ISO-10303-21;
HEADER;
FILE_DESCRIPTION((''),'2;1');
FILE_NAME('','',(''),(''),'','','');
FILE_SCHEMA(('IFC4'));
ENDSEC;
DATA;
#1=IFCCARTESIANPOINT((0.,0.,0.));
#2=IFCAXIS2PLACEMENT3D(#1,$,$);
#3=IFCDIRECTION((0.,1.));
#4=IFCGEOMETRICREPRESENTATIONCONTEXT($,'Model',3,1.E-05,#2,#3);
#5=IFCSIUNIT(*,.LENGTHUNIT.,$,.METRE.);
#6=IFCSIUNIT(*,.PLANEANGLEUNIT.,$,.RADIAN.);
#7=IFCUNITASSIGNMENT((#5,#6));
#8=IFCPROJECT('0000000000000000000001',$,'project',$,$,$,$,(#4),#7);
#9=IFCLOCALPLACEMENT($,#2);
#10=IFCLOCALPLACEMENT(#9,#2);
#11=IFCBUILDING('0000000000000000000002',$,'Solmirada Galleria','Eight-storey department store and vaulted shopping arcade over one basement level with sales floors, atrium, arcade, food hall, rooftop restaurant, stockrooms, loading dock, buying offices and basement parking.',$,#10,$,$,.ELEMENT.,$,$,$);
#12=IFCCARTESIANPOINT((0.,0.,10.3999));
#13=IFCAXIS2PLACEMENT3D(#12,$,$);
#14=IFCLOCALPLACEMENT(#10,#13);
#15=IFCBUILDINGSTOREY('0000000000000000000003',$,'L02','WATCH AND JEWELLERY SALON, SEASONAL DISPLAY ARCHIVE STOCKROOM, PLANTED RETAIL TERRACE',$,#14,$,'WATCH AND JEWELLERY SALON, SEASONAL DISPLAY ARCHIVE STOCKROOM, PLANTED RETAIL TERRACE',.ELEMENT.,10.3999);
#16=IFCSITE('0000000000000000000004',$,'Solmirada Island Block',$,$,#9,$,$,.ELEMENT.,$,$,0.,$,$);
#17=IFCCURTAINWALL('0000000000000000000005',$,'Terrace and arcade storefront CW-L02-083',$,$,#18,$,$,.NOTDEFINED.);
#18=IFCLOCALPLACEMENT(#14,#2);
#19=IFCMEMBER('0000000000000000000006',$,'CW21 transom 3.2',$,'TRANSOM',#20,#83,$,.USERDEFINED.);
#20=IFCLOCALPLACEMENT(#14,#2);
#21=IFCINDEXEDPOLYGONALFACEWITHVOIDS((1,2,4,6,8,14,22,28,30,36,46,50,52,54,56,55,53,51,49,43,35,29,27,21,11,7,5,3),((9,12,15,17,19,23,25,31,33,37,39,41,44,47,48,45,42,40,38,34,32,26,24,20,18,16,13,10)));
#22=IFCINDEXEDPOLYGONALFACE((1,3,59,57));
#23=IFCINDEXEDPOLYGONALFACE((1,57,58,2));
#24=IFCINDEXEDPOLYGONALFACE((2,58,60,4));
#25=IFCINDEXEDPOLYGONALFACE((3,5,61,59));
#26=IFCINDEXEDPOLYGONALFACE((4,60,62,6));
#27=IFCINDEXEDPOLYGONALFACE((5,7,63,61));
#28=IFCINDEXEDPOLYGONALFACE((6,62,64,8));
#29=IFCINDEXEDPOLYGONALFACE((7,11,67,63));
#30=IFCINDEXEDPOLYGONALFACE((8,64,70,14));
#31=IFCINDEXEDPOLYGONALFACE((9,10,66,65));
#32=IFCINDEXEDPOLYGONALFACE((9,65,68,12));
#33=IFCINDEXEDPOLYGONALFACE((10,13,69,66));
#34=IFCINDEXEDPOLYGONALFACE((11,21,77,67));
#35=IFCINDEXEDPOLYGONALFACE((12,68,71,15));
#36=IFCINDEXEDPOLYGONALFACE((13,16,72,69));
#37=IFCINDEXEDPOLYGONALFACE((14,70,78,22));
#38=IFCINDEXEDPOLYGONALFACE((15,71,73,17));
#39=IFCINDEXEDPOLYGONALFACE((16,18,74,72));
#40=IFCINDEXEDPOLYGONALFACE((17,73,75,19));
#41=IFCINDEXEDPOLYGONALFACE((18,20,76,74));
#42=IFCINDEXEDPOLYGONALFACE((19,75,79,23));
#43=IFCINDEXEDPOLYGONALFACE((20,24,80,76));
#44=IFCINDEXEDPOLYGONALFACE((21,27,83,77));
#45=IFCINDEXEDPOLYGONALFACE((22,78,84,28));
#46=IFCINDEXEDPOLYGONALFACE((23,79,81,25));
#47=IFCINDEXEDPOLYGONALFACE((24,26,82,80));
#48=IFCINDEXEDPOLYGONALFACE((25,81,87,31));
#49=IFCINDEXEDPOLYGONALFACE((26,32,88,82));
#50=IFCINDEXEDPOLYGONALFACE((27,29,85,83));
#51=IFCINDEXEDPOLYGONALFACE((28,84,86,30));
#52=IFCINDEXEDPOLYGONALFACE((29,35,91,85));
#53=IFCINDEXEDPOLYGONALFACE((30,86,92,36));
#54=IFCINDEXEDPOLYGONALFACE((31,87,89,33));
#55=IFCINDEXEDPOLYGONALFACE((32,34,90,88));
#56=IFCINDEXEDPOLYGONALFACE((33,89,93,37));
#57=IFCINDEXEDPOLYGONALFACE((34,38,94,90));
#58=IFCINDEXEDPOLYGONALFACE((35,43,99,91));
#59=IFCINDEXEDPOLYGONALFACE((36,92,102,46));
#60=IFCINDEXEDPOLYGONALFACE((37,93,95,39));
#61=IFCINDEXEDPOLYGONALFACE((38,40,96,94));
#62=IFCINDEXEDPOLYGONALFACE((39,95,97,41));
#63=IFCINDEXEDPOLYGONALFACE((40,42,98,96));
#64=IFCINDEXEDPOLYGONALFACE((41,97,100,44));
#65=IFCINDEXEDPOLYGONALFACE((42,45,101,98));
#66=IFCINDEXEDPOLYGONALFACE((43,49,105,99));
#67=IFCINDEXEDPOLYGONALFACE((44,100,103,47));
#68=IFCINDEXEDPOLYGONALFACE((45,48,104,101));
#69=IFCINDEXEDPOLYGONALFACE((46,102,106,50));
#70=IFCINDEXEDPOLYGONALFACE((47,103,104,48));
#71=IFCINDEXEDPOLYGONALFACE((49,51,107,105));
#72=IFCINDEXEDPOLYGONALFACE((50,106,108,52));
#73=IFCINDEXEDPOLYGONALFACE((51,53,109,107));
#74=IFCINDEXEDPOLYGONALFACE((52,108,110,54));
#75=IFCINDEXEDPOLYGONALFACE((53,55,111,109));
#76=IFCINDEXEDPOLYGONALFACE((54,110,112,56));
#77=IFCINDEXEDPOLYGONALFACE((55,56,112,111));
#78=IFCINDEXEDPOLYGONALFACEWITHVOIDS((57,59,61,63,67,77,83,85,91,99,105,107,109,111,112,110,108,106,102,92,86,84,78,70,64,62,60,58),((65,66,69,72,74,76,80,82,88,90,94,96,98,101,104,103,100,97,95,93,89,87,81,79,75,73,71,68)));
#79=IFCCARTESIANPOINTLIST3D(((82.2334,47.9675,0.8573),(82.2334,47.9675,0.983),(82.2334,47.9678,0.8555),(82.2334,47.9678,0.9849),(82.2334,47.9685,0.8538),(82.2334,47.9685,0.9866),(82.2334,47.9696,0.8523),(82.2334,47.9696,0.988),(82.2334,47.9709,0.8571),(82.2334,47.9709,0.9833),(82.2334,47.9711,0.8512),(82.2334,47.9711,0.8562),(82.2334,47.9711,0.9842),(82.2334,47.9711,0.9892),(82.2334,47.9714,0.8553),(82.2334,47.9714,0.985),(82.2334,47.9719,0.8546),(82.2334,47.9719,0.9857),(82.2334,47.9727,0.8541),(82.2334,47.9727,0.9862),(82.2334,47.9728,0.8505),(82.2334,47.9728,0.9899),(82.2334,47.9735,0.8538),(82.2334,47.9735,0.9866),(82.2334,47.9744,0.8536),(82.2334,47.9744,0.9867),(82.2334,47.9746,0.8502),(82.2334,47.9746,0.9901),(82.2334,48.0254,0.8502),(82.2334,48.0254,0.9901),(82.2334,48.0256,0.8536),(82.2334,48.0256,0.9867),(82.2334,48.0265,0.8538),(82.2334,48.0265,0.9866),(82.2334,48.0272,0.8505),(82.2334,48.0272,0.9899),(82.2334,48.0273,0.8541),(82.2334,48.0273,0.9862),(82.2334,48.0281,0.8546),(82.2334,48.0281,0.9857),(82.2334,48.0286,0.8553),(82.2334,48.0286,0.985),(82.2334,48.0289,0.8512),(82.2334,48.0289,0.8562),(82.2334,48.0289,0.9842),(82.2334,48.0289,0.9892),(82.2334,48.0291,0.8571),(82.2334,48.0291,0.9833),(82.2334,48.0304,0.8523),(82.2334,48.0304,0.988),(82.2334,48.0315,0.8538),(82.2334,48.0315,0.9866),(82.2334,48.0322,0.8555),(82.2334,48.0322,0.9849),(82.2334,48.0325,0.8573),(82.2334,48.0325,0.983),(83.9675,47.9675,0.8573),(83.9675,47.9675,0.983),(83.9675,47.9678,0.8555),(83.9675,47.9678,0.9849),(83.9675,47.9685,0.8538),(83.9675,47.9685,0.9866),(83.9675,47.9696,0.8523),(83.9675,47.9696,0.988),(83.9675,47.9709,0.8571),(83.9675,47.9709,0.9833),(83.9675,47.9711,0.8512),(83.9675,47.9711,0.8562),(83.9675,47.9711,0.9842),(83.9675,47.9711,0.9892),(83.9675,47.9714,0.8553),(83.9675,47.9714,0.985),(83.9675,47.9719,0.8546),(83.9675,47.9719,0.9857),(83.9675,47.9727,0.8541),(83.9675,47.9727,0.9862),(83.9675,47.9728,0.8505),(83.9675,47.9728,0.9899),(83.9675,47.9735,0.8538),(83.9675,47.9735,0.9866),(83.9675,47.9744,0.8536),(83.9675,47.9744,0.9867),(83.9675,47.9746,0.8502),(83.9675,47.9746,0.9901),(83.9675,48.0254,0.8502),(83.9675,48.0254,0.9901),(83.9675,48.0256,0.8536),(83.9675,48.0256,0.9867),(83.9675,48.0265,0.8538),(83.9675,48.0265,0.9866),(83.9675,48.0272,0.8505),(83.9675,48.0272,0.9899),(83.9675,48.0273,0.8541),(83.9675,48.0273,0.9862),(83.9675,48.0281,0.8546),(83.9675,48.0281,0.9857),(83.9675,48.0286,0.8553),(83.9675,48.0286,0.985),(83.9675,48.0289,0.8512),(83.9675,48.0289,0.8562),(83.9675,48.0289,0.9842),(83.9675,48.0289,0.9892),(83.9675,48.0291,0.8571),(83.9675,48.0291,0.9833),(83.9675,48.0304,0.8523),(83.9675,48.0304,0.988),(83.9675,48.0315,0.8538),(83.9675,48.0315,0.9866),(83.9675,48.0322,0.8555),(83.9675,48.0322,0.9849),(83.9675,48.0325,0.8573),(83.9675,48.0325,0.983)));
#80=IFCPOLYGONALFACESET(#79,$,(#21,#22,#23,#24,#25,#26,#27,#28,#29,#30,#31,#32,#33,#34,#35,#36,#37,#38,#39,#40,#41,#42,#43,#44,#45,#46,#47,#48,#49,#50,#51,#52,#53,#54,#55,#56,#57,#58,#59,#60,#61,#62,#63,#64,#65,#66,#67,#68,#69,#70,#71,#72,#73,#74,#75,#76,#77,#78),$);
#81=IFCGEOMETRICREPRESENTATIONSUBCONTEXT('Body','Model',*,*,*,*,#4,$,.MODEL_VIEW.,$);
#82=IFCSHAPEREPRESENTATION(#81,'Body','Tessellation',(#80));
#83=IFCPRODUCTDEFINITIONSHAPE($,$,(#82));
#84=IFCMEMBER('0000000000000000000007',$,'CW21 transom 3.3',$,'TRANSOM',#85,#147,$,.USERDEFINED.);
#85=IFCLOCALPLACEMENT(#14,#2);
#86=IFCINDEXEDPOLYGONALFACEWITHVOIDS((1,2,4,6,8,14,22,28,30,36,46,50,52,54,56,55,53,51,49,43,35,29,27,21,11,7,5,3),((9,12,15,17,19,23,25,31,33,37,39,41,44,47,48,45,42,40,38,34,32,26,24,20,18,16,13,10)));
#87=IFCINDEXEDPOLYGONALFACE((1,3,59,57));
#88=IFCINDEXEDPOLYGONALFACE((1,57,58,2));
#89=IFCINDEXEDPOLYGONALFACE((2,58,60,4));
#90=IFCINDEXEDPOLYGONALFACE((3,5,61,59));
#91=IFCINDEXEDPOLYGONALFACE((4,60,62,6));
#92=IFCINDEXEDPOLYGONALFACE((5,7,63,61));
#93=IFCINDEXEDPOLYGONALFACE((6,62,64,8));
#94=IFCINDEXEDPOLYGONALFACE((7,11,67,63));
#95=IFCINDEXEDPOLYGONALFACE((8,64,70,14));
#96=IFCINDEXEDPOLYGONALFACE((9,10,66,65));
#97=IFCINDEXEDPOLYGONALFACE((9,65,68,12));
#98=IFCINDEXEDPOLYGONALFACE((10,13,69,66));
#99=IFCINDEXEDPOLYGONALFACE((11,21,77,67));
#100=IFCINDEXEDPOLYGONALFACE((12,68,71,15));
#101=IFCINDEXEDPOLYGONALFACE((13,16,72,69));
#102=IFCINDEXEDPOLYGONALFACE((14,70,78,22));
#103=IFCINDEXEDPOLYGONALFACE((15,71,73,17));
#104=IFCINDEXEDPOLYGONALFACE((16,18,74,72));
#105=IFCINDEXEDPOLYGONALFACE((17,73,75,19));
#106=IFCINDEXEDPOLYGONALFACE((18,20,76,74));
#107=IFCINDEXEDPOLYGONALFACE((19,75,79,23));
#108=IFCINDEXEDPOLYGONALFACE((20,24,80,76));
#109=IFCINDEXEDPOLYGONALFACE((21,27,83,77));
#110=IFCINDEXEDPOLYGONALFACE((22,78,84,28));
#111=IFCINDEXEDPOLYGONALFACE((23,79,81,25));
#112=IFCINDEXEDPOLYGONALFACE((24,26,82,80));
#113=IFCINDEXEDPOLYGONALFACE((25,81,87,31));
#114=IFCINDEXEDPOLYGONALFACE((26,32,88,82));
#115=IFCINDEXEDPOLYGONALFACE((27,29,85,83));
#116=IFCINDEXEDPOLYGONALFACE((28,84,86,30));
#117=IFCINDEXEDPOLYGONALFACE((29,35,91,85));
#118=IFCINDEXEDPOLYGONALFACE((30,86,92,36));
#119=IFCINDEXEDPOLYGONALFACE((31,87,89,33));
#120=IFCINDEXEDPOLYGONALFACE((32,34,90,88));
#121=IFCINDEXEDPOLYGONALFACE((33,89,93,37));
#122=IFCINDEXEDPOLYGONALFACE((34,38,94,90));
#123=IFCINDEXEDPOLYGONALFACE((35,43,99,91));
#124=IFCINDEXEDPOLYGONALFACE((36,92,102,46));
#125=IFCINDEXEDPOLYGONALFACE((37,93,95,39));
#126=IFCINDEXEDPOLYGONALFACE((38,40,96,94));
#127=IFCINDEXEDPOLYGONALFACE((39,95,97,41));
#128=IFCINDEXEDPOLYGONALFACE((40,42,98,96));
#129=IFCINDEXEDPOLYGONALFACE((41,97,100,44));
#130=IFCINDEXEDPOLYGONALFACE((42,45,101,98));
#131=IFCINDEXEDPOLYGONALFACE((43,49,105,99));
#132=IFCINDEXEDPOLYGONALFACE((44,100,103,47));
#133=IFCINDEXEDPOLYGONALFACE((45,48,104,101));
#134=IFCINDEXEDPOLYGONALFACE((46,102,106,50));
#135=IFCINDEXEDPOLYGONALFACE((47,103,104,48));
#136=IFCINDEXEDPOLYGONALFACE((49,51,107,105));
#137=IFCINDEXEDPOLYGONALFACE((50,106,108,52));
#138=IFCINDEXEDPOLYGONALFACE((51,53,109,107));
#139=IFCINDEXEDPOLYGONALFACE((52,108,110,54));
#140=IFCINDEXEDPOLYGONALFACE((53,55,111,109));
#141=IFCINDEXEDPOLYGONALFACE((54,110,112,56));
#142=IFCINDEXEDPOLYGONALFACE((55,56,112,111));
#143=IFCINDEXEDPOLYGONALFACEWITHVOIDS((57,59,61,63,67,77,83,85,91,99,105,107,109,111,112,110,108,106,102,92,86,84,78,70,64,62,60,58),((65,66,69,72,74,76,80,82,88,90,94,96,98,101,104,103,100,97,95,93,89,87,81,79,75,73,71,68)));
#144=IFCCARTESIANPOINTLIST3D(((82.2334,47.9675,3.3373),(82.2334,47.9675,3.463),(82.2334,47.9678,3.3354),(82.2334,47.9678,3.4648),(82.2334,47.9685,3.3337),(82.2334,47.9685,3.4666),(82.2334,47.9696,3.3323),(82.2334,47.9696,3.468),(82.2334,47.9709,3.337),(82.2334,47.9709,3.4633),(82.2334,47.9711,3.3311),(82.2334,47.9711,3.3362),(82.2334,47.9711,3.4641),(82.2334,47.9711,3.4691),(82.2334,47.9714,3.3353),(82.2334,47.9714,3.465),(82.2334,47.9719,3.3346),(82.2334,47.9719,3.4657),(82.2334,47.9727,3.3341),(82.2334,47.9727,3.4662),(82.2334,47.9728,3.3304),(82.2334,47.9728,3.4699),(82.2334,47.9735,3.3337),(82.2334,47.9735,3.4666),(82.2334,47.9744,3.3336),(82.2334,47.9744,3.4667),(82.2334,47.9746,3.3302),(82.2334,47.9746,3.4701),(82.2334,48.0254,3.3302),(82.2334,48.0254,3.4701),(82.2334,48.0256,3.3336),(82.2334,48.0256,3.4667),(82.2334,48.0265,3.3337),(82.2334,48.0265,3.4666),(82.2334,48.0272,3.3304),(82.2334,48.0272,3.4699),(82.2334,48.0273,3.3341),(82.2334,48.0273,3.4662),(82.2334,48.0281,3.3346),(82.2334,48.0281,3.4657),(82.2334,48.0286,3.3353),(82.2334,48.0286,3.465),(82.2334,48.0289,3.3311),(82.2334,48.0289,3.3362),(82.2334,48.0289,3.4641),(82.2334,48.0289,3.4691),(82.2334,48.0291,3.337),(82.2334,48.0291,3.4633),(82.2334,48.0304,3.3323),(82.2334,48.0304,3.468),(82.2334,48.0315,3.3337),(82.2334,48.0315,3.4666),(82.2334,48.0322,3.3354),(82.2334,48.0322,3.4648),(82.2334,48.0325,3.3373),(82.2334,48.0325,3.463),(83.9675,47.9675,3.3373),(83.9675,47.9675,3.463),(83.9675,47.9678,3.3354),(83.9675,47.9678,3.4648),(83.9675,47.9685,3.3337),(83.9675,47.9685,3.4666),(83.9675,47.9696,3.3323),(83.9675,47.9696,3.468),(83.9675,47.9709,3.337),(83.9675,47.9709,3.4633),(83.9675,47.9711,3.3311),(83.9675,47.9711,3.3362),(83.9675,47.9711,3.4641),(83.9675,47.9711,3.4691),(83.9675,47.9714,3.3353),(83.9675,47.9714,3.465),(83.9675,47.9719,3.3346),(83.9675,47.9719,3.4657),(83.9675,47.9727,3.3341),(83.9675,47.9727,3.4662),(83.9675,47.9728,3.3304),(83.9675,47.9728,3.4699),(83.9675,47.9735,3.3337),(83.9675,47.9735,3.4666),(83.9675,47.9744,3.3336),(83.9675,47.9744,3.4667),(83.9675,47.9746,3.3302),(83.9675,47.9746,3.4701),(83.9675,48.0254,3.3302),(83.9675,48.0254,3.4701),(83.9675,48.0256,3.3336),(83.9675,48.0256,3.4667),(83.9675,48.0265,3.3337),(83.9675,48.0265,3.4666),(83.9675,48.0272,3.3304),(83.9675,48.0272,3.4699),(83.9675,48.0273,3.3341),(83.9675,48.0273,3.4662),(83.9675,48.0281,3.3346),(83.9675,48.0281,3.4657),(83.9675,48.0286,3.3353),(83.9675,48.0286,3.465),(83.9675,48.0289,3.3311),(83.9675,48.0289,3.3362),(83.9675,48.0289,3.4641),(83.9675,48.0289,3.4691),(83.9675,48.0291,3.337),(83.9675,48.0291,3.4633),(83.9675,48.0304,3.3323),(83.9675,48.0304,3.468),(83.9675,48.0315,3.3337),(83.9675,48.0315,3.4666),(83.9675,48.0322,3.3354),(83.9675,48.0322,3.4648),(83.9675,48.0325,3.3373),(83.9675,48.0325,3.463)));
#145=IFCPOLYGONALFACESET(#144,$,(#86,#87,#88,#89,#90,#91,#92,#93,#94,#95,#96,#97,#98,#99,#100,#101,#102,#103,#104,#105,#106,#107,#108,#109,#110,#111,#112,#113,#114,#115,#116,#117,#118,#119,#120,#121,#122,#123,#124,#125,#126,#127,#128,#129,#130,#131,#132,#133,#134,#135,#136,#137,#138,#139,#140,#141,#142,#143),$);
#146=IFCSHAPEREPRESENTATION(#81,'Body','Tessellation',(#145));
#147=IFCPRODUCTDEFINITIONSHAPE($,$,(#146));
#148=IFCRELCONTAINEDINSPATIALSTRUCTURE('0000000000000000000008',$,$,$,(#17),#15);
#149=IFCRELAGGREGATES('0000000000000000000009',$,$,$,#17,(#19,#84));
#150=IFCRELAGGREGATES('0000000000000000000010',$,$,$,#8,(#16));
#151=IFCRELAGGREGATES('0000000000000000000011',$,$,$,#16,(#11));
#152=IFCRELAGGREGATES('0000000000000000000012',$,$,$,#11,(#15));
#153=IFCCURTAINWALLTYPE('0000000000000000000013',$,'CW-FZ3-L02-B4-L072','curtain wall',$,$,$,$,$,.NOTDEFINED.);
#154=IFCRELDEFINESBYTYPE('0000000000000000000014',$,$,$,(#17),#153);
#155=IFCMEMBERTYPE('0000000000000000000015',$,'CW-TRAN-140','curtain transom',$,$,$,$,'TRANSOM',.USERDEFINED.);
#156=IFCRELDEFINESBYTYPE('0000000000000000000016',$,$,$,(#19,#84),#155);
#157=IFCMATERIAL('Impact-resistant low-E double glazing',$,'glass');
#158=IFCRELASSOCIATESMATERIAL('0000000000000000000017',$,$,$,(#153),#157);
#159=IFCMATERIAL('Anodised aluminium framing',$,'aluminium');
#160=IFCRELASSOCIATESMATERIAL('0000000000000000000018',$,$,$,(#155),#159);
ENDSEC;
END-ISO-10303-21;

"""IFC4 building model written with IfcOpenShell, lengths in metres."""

from ifc_helpers import new_model, si_unit, direction, frame, origin, origin_2d, place, context, subcontext, project, spatial, hollow_rectangle, extrude, material, material_profile, profile_set, type_object, element, aggregate, save


model = new_model("IFC4")

# Units and contexts
model_context = context("Model", 3, precision=1e-05, world=origin(), true_north=direction((0.0, 1.0)))
body_context = subcontext(model_context, "Body", "Model", "MODEL_VIEW")
ifc_project = project(units=[si_unit("LENGTHUNIT", "METRE"), si_unit("PLANEANGLEUNIT", "RADIAN")], contexts=[model_context])

# Site, building, storey
site_placement = place(None, origin())
site = spatial("IfcSite", under=ifc_project, at=site_placement, Name="Solmirada Island Block", CompositionType="ELEMENT", RefElevation=0.0)
building_placement = place(site_placement, origin())
building = spatial("IfcBuilding", under=site, at=building_placement, Name="Solmirada Galleria", Description="Eight-storey department store and vaulted shopping arcade over one basement level with sales floors, atrium, arcade, food hall, rooftop restaurant, stockrooms, loading dock, buying offices and basement parking.", CompositionType="ELEMENT")
storey_placement = place(building_placement, frame((0.0, 0.0, 10.3999)))
storey = spatial("IfcBuildingStorey", under=building, at=storey_placement, Name="L02", Description="WATCH AND JEWELLERY SALON, SEASONAL DISPLAY ARCHIVE STOCKROOM, PLANTED RETAIL TERRACE", LongName="WATCH AND JEWELLERY SALON, SEASONAL DISPLAY ARCHIVE STOCKROOM, PLANTED RETAIL TERRACE", CompositionType="ELEMENT", Elevation=10.3999)

# Curtain wall
ifc_material_1 = material(Name="Impact-resistant low-E double glazing", Category="glass")
curtain_wall_type = type_object("IfcCurtainWallType", Name="CW-FZ3-L02-B4-L072", Description="curtain wall", PredefinedType="NOTDEFINED", material=ifc_material_1)
curtain_wall_1_placement = place(storey_placement, origin())
curtain_wall_1 = element("IfcCurtainWall", 1, at=curtain_wall_1_placement, inside=storey, type_object=curtain_wall_type, Name="Terrace and arcade storefront CW-L02-083", PredefinedType="NOTDEFINED")
ifc_material_2 = material(Name="Anodised aluminium framing", Category="aluminium")

# Members
ifc_material_profile_1 = material_profile(ifc_material_2, hollow_rectangle(XDim=0.0649, YDim=0.1399, WallThickness=0.0034, InnerFilletRadius=0.0034, OuterFilletRadius=0.0071, at=origin_2d()), Name="ALU-TRAN-140X65")
ifc_profile_set_1 = profile_set([ifc_material_profile_1], Name="Anodised aluminium framing")
member_type_1 = type_object("IfcMemberType", Name="CW-TRAN-140", Description="curtain transom", ElementType="TRANSOM", PredefinedType="USERDEFINED", material=ifc_profile_set_1)
member_1_placement = place(storey_placement, frame((83.9675, 48.0, 0.9202), z_axis=(-1.0, 0.0, 0.0), x_axis=(0.0, -1.0, 0.0)))
member_1 = element("IfcMember", 2, at=member_1_placement, type_object=member_type_1, Name="CW21 transom 3.2", ObjectType="TRANSOM", PredefinedType="USERDEFINED", context=body_context, shape_type="SweptSolid", body=[
    extrude(hollow_rectangle(XDim=0.0649, YDim=0.1399, WallThickness=0.0034, InnerFilletRadius=0.0034, OuterFilletRadius=0.0071, at=origin_2d()), origin(), (0.0, 0.0, 1.0), 1.7341),
])
member_2_placement = place(storey_placement, frame((83.9675, 48.0, 3.4001), z_axis=(-1.0, 0.0, 0.0), x_axis=(0.0, -1.0, 0.0)))
member_2 = element("IfcMember", 3, at=member_2_placement, type_object=member_type_1, Name="CW21 transom 3.3", ObjectType="TRANSOM", PredefinedType="USERDEFINED", context=body_context, shape_type="SweptSolid", body=[
    extrude(hollow_rectangle(XDim=0.0649, YDim=0.1399, WallThickness=0.0034, InnerFilletRadius=0.0034, OuterFilletRadius=0.0071, at=origin_2d()), origin(), (0.0, 0.0, 1.0), 1.7341),
])

aggregate(curtain_wall_1, [member_1, member_2])

save(model, "model.ifc")
